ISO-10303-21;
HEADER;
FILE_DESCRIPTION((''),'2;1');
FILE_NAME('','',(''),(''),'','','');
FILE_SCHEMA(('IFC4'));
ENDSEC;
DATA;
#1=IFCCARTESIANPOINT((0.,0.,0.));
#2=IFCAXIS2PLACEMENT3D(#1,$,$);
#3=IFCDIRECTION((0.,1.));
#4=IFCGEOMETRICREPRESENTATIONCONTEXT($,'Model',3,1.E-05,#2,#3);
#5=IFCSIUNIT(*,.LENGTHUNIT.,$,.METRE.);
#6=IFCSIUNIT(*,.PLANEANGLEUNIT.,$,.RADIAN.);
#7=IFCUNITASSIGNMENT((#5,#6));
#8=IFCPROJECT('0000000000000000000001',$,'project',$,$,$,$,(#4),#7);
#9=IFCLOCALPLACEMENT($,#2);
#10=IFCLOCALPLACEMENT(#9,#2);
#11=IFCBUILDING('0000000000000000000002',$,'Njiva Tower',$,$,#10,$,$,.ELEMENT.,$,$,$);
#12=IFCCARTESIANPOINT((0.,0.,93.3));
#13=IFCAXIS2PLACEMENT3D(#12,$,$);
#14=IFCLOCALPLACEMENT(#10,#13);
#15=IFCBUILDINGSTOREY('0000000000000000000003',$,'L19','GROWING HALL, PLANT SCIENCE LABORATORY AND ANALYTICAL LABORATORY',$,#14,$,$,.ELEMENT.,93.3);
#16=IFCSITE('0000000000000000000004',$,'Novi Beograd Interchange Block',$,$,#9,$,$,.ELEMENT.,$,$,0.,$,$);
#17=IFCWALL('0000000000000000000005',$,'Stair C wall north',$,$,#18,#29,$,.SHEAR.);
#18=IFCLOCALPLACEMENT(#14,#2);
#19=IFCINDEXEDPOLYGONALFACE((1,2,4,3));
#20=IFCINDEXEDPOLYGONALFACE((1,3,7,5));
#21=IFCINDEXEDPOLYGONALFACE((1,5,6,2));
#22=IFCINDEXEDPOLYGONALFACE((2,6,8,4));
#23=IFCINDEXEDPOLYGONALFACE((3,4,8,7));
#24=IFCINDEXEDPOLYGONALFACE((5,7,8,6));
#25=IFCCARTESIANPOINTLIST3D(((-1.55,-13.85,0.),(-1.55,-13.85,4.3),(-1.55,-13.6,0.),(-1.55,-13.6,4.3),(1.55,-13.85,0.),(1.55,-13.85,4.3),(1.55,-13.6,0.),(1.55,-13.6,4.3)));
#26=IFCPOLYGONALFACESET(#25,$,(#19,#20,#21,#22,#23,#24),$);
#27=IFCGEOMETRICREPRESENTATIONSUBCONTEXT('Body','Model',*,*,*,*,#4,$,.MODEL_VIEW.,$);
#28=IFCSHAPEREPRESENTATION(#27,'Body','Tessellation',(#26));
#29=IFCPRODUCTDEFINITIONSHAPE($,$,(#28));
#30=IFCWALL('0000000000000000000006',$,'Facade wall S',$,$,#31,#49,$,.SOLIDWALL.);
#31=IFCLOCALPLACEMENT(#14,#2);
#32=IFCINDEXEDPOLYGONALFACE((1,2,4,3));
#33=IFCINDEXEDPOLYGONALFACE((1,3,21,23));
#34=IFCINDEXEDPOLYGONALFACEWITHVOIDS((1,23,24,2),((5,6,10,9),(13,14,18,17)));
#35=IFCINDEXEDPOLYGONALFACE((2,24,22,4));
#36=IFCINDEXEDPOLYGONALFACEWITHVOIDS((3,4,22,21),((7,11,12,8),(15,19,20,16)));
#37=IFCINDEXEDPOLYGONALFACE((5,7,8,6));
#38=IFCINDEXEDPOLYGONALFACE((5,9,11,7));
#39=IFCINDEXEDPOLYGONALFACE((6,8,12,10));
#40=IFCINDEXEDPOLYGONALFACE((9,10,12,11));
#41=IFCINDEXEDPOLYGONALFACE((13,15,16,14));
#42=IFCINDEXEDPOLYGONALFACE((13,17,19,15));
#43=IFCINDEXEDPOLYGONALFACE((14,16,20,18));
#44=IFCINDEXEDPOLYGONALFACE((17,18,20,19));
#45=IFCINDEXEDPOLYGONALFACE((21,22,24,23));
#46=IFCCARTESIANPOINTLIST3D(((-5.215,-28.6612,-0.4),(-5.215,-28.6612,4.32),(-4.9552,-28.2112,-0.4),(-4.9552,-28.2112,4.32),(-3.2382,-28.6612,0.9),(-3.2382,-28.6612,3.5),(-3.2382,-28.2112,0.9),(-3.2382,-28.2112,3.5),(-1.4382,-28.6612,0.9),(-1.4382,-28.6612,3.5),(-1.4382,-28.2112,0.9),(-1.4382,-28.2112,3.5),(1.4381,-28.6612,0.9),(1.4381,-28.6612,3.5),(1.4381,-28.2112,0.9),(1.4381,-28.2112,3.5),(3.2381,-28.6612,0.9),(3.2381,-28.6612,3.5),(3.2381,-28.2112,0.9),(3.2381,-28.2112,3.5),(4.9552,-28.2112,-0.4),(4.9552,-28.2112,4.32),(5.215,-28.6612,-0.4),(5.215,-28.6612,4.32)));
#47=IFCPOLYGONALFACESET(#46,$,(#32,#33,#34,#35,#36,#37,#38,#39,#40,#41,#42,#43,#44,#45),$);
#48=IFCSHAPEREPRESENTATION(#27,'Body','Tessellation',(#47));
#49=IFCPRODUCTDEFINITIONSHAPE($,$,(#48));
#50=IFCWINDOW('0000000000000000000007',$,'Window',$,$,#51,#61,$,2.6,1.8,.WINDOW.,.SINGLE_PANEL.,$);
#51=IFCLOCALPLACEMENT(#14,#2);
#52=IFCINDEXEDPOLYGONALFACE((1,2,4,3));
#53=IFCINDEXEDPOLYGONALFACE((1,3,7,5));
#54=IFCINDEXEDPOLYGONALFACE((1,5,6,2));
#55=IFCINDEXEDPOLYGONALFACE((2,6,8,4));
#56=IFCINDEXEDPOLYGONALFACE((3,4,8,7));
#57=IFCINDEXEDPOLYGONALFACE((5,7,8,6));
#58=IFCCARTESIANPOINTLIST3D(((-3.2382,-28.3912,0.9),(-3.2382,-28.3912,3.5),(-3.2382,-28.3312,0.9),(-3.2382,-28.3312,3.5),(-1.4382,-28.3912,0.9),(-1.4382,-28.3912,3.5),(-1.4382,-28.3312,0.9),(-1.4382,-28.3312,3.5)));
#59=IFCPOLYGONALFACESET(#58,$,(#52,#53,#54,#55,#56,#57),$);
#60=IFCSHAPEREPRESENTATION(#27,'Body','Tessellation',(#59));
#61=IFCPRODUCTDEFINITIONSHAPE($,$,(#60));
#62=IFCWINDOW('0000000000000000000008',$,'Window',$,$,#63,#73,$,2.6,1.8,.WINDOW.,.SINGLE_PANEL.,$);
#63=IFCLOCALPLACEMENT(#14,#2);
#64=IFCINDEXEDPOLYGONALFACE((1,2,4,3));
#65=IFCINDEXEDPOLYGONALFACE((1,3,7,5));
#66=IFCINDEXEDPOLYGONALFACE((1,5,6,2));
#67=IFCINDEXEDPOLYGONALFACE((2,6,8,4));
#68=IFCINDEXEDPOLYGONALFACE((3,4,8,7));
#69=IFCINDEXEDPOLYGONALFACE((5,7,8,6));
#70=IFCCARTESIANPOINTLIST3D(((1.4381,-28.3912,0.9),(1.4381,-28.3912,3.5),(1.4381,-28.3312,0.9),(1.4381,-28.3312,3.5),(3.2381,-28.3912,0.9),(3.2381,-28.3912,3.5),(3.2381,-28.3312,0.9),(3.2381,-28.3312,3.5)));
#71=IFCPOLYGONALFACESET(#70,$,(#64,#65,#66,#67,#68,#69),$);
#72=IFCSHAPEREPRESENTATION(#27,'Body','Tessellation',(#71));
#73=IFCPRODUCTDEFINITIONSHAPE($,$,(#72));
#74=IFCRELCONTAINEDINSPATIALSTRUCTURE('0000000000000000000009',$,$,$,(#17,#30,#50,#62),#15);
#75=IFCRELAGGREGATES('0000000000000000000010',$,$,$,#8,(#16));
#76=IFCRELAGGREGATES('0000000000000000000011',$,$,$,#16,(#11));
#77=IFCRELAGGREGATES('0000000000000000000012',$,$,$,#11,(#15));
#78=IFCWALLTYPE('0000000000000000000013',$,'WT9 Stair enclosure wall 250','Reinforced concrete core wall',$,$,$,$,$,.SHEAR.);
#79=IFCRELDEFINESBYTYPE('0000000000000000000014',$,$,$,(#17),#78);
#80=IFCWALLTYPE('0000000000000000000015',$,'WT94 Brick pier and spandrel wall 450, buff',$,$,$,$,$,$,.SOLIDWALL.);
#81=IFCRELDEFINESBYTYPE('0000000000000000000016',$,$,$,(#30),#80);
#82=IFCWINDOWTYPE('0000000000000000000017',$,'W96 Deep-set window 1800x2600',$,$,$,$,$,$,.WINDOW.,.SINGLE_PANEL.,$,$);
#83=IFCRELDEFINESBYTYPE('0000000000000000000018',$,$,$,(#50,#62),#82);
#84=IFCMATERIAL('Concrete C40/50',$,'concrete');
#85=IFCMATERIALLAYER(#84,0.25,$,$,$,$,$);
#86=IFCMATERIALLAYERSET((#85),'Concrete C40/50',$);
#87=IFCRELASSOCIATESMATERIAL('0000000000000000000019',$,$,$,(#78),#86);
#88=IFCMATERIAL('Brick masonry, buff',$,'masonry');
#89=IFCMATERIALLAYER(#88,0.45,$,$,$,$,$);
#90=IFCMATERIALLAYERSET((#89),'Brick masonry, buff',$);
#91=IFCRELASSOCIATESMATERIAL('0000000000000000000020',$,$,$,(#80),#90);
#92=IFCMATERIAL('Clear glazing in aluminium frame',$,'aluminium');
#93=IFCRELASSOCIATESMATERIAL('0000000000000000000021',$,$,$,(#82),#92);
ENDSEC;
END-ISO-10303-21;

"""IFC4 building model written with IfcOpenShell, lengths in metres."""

from ifc_helpers import new_model, si_unit, direction, frame, frame_2d, origin, place, context, subcontext, project, spatial, polyline, rectangle, outline, extrude, material, layer, layer_set, type_object, element, fill, save


model = new_model("IFC4")

# Units and contexts
model_context = context("Model", 3, precision=1e-05, world=origin(), true_north=direction((0.0, 1.0)))
body_context = subcontext(model_context, "Body", "Model", "MODEL_VIEW")
ifc_project = project(units=[si_unit("LENGTHUNIT", "METRE"), si_unit("PLANEANGLEUNIT", "RADIAN")], contexts=[model_context])

# Site, building, storey
site_placement = place(None, origin())
site = spatial("IfcSite", under=ifc_project, at=site_placement, Name="Novi Beograd Interchange Block", CompositionType="ELEMENT", RefElevation=0.0)
building_placement = place(site_placement, origin())
building = spatial("IfcBuilding", under=site, at=building_placement, Name="Njiva Tower", CompositionType="ELEMENT")
storey_placement = place(building_placement, frame((0.0, 0.0, 93.3)))
storey = spatial("IfcBuildingStorey", under=building, at=storey_placement, Name="L19", Description="GROWING HALL, PLANT SCIENCE LABORATORY AND ANALYTICAL LABORATORY", CompositionType="ELEMENT", Elevation=93.3)

# Wall
ifc_material_1 = material(Name="Concrete C40/50", Category="concrete")
ifc_layer_1 = layer(ifc_material_1, 0.25)
ifc_layer_set_1 = layer_set([ifc_layer_1], Name="Concrete C40/50")
wall_type_1 = type_object("IfcWallType", Name="WT9 Stair enclosure wall 250", Description="Reinforced concrete core wall", PredefinedType="SHEAR", material=ifc_layer_set_1)
for number, where, z_axis, x_axis, name in (
    (1, (-1.55, -13.725, 0.0), (0.0, 0.0, 1.0), (1.0, 0.0, 0.0), "Stair C wall north"),
):
    element("IfcWall", number, at=place(storey_placement, frame(where, z_axis=z_axis, x_axis=x_axis)), inside=storey, type_object=wall_type_1, Name=name, PredefinedType="SHEAR", context=body_context, shape_type="SweptSolid", body=[
        extrude(rectangle(XDim=3.1, YDim=0.25, at=frame_2d((1.55, 0.0))), origin(), (0.0, 0.0, 1.0), 4.3),
    ])

# Wall, openings, windows
ifc_material_2 = material(Name="Brick masonry, buff", Category="masonry")
ifc_layer_2 = layer(ifc_material_2, 0.45)
ifc_layer_set_2 = layer_set([ifc_layer_2], Name="Brick masonry, buff")
wall_type_2 = type_object("IfcWallType", Name="WT94 Brick pier and spandrel wall 450, buff", PredefinedType="SOLIDWALL", material=ifc_layer_set_2)
wall_1_placement = place(storey_placement, frame((-5.0851, -28.4362, -0.4), z_axis=(0.0, 0.0, 1.0), x_axis=(1.0, 0.0, 0.0)))
wall_1 = element("IfcWall", 2, at=wall_1_placement, inside=storey, type_object=wall_type_2, Name="Facade wall S", PredefinedType="SOLIDWALL", context=body_context, shape_type="SweptSolid", body=[
    extrude(outline(polyline([(-0.1299, -0.225), (10.3001, -0.225), (10.0403, 0.225), (0.1299, 0.225), (-0.1299, -0.225)])), origin(), (0.0, 0.0, 1.0), 4.72),
])
opening_1_placement = place(wall_1_placement, frame((1.8469, 0.0, 1.3)))
opening_1 = element("IfcOpeningElement", 3, at=opening_1_placement, cuts=wall_1, PredefinedType="OPENING", context=body_context, shape_type="SweptSolid", body=[
    extrude(rectangle(XDim=1.8, YDim=2.6, at=frame_2d((0.9, 1.3))), frame((0.0, 0.235, 0.0), z_axis=(0.0, -1.0, 0.0), x_axis=(1.0, 0.0, 0.0)), (0.0, 0.0, 1.0), 0.47),
])
opening_2_placement = place(wall_1_placement, frame((6.5232, 0.0, 1.3)))
opening_2 = element("IfcOpeningElement", 4, at=opening_2_placement, cuts=wall_1, PredefinedType="OPENING", context=body_context, shape_type="SweptSolid", body=[
    extrude(rectangle(XDim=1.8, YDim=2.6, at=frame_2d((0.9, 1.3))), frame((0.0, 0.235, 0.0), z_axis=(0.0, -1.0, 0.0), x_axis=(1.0, 0.0, 0.0)), (0.0, 0.0, 1.0), 0.47),
])
ifc_material_3 = material(Name="Clear glazing in aluminium frame", Category="aluminium")
window_type = type_object("IfcWindowType", Name="W96 Deep-set window 1800x2600", PartitioningType="SINGLE_PANEL", PredefinedType="WINDOW", material=ifc_material_3)
window_1_placement = place(opening_1_placement, origin())
window_1 = element("IfcWindow", 5, at=window_1_placement, inside=storey, type_object=window_type, Name="Window", OverallHeight=2.6, OverallWidth=1.8, PartitioningType="SINGLE_PANEL", PredefinedType="WINDOW", context=body_context, shape_type="SweptSolid", body=[
    extrude(rectangle(XDim=1.8, YDim=2.6, at=frame_2d((0.9, 1.3))), frame((0.0, 0.105, 0.0), z_axis=(0.0, -1.0, 0.0), x_axis=(1.0, 0.0, 0.0)), (0.0, 0.0, 1.0), 0.06),
])
fill(opening_1, window_1)
window_2_placement = place(opening_2_placement, origin())
window_2 = element("IfcWindow", 6, at=window_2_placement, inside=storey, type_object=window_type, Name="Window", OverallHeight=2.6, OverallWidth=1.8, PartitioningType="SINGLE_PANEL", PredefinedType="WINDOW", context=body_context, shape_type="SweptSolid", body=[
    extrude(rectangle(XDim=1.8, YDim=2.6, at=frame_2d((0.9, 1.3))), frame((0.0, 0.105, 0.0), z_axis=(0.0, -1.0, 0.0), x_axis=(1.0, 0.0, 0.0)), (0.0, 0.0, 1.0), 0.06),
])
fill(opening_2, window_2)

save(model, "model.ifc")
